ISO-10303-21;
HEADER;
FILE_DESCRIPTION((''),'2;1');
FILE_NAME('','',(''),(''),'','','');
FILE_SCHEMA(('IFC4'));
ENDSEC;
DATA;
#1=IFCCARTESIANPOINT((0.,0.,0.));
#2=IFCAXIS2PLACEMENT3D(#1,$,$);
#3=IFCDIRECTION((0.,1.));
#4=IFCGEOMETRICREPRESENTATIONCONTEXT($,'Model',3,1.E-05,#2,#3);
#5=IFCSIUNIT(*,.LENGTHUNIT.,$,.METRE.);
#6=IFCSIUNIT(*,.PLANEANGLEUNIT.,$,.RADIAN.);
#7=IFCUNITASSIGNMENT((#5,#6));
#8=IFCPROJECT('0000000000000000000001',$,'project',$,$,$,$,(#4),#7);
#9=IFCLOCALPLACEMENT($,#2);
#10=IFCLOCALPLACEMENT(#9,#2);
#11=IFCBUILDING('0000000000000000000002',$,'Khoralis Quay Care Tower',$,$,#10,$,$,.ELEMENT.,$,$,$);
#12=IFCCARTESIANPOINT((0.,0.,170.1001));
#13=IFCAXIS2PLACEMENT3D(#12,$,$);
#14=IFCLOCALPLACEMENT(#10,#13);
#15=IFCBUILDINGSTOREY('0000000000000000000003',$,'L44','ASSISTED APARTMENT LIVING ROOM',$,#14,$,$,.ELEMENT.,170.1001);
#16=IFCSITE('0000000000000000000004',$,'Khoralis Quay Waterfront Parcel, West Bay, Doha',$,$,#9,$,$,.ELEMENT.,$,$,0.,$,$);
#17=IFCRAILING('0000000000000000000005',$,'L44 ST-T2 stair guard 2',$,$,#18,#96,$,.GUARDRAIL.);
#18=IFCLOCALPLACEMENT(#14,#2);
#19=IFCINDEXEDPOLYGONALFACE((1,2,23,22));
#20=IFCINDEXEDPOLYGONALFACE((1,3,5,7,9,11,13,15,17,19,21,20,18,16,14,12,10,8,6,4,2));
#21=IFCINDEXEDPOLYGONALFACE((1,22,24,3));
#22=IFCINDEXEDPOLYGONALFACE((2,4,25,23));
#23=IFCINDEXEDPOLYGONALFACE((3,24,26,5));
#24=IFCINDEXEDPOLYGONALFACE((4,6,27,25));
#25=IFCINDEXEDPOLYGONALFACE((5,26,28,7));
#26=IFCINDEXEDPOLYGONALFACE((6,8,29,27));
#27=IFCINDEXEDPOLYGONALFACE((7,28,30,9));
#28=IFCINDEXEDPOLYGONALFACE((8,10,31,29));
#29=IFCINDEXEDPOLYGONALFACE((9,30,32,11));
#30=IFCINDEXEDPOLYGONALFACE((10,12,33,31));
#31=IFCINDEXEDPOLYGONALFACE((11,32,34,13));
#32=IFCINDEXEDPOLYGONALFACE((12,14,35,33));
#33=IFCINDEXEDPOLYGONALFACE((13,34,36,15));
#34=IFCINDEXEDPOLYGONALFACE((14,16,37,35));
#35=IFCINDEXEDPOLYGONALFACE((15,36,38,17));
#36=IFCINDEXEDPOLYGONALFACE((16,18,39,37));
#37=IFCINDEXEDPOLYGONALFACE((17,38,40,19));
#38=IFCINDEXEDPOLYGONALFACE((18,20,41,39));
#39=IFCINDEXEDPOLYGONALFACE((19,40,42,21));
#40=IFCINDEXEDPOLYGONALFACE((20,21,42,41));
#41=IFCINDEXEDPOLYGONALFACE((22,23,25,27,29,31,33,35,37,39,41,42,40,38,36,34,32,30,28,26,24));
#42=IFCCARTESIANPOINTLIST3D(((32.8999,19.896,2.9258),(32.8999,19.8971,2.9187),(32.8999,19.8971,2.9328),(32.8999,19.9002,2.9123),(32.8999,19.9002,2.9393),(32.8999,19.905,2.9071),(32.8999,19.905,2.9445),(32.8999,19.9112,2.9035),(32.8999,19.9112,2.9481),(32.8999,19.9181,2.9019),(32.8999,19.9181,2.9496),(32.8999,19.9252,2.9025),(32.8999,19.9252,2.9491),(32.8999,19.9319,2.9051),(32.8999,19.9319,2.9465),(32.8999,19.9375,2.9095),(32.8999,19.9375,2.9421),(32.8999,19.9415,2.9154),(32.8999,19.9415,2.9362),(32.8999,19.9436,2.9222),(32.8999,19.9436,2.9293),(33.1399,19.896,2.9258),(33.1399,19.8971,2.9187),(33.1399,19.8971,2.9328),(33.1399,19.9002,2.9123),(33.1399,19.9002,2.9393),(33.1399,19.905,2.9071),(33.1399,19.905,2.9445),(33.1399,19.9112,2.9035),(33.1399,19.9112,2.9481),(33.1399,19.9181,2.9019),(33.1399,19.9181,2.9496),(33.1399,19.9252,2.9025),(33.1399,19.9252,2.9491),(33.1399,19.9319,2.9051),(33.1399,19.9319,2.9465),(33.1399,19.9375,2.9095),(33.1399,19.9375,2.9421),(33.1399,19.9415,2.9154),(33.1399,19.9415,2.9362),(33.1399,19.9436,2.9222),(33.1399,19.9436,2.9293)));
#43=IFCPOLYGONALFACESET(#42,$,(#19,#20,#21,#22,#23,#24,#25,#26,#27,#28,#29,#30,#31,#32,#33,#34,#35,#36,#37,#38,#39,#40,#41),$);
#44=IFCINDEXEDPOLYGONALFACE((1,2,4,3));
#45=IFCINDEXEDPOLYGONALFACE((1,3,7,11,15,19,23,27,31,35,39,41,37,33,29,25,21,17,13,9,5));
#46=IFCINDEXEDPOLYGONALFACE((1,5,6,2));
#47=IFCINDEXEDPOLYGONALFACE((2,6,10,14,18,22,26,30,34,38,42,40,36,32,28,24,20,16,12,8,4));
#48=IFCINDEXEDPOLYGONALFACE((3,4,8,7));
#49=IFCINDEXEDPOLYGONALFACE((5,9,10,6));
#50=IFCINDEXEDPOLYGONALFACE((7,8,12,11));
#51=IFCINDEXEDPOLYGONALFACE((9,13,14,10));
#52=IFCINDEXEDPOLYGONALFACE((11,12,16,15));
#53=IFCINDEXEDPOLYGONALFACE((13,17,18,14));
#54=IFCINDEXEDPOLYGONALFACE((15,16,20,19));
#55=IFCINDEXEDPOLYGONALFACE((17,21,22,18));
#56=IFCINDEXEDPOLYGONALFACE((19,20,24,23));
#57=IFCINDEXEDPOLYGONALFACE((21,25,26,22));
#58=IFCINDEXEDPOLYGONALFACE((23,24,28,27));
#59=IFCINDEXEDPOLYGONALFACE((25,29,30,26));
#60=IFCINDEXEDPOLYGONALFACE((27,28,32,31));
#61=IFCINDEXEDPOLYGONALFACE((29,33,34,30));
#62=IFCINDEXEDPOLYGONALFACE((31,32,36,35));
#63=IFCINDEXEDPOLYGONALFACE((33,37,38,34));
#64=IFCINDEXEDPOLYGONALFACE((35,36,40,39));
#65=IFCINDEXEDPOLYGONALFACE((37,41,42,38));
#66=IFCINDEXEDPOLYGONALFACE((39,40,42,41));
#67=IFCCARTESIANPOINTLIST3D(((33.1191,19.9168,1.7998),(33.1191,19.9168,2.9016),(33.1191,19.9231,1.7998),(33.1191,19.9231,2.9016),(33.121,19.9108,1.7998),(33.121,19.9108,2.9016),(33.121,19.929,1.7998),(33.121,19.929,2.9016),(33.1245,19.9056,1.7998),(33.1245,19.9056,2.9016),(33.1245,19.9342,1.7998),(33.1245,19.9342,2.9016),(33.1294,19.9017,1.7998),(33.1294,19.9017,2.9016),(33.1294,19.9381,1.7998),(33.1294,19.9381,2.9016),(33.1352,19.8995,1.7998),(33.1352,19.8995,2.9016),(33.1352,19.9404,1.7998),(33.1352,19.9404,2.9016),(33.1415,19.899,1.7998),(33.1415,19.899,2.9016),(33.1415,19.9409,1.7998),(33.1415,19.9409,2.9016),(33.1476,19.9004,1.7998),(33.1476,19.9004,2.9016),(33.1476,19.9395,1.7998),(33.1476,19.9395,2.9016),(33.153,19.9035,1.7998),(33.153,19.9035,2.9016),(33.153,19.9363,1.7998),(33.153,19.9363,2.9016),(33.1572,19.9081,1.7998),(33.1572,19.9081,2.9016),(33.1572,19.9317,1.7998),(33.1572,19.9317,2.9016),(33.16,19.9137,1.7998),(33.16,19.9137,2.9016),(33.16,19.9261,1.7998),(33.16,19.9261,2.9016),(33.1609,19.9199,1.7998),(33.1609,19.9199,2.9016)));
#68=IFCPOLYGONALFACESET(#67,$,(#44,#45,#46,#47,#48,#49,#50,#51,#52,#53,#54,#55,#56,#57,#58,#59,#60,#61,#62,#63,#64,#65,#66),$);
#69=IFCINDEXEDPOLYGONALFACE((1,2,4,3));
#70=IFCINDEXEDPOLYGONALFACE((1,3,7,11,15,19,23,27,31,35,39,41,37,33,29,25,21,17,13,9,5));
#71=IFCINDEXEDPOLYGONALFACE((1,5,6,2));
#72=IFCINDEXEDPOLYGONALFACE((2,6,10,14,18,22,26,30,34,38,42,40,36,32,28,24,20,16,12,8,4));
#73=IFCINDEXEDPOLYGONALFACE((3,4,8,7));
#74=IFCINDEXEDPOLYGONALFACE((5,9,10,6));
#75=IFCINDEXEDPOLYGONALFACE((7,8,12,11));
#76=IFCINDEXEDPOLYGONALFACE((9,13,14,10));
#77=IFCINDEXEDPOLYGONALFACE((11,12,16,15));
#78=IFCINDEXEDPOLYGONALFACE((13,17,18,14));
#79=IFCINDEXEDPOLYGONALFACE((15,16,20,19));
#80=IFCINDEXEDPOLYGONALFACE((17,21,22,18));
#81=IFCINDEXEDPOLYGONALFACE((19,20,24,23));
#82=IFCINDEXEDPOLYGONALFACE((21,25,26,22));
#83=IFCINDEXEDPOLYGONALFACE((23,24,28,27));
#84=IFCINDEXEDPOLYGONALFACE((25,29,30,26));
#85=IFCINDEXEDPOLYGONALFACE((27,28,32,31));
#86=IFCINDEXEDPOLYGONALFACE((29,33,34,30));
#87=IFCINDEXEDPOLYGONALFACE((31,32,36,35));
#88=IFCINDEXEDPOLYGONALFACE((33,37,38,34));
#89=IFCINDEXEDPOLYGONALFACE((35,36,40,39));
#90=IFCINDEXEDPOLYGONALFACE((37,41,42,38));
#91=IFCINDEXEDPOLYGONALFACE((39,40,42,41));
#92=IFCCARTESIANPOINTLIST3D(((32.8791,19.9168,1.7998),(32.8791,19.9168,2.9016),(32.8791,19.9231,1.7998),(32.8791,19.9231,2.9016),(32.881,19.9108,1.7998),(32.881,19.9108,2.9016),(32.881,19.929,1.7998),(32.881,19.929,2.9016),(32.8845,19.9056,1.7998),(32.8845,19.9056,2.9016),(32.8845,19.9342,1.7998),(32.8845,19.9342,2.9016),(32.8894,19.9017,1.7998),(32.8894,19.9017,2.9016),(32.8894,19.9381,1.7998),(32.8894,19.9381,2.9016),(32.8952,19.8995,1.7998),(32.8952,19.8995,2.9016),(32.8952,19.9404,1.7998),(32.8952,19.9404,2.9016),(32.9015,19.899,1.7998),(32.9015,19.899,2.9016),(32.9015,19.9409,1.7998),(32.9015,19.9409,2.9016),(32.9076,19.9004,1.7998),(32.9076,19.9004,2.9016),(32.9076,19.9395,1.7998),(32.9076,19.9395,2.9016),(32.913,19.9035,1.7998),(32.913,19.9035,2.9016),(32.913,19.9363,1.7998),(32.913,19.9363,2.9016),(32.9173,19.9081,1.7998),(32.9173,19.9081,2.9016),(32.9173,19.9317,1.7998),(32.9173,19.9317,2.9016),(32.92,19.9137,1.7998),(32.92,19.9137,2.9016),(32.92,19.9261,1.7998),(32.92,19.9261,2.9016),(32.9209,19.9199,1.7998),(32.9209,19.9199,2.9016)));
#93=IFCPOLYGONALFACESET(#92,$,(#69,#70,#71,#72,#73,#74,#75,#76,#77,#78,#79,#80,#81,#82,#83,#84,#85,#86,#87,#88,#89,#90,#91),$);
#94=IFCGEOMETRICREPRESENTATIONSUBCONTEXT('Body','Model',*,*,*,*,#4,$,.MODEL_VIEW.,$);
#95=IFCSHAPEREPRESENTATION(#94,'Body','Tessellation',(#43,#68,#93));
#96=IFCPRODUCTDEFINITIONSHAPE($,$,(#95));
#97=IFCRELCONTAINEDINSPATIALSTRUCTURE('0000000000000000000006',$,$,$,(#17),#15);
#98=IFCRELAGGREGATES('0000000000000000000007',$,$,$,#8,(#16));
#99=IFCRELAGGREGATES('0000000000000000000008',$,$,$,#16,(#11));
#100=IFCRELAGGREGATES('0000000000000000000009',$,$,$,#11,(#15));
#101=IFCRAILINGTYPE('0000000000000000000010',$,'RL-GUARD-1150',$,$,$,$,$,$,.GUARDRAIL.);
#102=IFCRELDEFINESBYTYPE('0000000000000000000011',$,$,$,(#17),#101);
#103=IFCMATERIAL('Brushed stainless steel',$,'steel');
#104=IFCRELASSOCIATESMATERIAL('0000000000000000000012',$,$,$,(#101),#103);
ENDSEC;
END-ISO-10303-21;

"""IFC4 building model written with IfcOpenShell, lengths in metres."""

from ifc_helpers import new_model, si_unit, direction, frame, origin, origin_2d, place, context, subcontext, project, spatial, circle, extrude, material, type_object, element, save


model = new_model("IFC4")

# Units and contexts
model_context = context("Model", 3, precision=1e-05, world=origin(), true_north=direction((0.0, 1.0)))
body_context = subcontext(model_context, "Body", "Model", "MODEL_VIEW")
ifc_project = project(units=[si_unit("LENGTHUNIT", "METRE"), si_unit("PLANEANGLEUNIT", "RADIAN")], contexts=[model_context])

# Site, building, storey
site_placement = place(None, origin())
site = spatial("IfcSite", under=ifc_project, at=site_placement, Name="Khoralis Quay Waterfront Parcel, West Bay, Doha", CompositionType="ELEMENT", RefElevation=0.0)
building_placement = place(site_placement, origin())
building = spatial("IfcBuilding", under=site, at=building_placement, Name="Khoralis Quay Care Tower", CompositionType="ELEMENT")
storey_placement = place(building_placement, frame((0.0, 0.0, 170.1001)))
storey = spatial("IfcBuildingStorey", under=building, at=storey_placement, Name="L44", Description="ASSISTED APARTMENT LIVING ROOM", CompositionType="ELEMENT", Elevation=170.1001)

# Railing
ifc_material_1 = material(Name="Brushed stainless steel", Category="steel")
railing_type = type_object("IfcRailingType", Name="RL-GUARD-1150", PredefinedType="GUARDRAIL", material=ifc_material_1)
railing_1_placement = place(storey_placement, frame((33.1399, 19.9199, 1.7998)))
element("IfcRailing", 1, at=railing_1_placement, inside=storey, type_object=railing_type, Name="L44 ST-T2 stair guard 2", PredefinedType="GUARDRAIL", context=body_context, shape_type="SweptSolid", body=[
    extrude(circle(Radius=0.0239, at=origin_2d()), frame((0.0, 0.0, 1.126), z_axis=(-1.0, 0.0, 0.0), x_axis=(0.0, -1.0, 0.0)), (0.0, 0.0, 1.0), 0.24),
    extrude(circle(Radius=0.021, at=origin_2d()), origin(), (0.0, 0.0, 1.0), 1.1018),
    extrude(circle(Radius=0.021, at=origin_2d()), frame((-0.24, 0.0, 0.0)), (0.0, 0.0, 1.0), 1.1018),
])

save(model, "model.ifc")
